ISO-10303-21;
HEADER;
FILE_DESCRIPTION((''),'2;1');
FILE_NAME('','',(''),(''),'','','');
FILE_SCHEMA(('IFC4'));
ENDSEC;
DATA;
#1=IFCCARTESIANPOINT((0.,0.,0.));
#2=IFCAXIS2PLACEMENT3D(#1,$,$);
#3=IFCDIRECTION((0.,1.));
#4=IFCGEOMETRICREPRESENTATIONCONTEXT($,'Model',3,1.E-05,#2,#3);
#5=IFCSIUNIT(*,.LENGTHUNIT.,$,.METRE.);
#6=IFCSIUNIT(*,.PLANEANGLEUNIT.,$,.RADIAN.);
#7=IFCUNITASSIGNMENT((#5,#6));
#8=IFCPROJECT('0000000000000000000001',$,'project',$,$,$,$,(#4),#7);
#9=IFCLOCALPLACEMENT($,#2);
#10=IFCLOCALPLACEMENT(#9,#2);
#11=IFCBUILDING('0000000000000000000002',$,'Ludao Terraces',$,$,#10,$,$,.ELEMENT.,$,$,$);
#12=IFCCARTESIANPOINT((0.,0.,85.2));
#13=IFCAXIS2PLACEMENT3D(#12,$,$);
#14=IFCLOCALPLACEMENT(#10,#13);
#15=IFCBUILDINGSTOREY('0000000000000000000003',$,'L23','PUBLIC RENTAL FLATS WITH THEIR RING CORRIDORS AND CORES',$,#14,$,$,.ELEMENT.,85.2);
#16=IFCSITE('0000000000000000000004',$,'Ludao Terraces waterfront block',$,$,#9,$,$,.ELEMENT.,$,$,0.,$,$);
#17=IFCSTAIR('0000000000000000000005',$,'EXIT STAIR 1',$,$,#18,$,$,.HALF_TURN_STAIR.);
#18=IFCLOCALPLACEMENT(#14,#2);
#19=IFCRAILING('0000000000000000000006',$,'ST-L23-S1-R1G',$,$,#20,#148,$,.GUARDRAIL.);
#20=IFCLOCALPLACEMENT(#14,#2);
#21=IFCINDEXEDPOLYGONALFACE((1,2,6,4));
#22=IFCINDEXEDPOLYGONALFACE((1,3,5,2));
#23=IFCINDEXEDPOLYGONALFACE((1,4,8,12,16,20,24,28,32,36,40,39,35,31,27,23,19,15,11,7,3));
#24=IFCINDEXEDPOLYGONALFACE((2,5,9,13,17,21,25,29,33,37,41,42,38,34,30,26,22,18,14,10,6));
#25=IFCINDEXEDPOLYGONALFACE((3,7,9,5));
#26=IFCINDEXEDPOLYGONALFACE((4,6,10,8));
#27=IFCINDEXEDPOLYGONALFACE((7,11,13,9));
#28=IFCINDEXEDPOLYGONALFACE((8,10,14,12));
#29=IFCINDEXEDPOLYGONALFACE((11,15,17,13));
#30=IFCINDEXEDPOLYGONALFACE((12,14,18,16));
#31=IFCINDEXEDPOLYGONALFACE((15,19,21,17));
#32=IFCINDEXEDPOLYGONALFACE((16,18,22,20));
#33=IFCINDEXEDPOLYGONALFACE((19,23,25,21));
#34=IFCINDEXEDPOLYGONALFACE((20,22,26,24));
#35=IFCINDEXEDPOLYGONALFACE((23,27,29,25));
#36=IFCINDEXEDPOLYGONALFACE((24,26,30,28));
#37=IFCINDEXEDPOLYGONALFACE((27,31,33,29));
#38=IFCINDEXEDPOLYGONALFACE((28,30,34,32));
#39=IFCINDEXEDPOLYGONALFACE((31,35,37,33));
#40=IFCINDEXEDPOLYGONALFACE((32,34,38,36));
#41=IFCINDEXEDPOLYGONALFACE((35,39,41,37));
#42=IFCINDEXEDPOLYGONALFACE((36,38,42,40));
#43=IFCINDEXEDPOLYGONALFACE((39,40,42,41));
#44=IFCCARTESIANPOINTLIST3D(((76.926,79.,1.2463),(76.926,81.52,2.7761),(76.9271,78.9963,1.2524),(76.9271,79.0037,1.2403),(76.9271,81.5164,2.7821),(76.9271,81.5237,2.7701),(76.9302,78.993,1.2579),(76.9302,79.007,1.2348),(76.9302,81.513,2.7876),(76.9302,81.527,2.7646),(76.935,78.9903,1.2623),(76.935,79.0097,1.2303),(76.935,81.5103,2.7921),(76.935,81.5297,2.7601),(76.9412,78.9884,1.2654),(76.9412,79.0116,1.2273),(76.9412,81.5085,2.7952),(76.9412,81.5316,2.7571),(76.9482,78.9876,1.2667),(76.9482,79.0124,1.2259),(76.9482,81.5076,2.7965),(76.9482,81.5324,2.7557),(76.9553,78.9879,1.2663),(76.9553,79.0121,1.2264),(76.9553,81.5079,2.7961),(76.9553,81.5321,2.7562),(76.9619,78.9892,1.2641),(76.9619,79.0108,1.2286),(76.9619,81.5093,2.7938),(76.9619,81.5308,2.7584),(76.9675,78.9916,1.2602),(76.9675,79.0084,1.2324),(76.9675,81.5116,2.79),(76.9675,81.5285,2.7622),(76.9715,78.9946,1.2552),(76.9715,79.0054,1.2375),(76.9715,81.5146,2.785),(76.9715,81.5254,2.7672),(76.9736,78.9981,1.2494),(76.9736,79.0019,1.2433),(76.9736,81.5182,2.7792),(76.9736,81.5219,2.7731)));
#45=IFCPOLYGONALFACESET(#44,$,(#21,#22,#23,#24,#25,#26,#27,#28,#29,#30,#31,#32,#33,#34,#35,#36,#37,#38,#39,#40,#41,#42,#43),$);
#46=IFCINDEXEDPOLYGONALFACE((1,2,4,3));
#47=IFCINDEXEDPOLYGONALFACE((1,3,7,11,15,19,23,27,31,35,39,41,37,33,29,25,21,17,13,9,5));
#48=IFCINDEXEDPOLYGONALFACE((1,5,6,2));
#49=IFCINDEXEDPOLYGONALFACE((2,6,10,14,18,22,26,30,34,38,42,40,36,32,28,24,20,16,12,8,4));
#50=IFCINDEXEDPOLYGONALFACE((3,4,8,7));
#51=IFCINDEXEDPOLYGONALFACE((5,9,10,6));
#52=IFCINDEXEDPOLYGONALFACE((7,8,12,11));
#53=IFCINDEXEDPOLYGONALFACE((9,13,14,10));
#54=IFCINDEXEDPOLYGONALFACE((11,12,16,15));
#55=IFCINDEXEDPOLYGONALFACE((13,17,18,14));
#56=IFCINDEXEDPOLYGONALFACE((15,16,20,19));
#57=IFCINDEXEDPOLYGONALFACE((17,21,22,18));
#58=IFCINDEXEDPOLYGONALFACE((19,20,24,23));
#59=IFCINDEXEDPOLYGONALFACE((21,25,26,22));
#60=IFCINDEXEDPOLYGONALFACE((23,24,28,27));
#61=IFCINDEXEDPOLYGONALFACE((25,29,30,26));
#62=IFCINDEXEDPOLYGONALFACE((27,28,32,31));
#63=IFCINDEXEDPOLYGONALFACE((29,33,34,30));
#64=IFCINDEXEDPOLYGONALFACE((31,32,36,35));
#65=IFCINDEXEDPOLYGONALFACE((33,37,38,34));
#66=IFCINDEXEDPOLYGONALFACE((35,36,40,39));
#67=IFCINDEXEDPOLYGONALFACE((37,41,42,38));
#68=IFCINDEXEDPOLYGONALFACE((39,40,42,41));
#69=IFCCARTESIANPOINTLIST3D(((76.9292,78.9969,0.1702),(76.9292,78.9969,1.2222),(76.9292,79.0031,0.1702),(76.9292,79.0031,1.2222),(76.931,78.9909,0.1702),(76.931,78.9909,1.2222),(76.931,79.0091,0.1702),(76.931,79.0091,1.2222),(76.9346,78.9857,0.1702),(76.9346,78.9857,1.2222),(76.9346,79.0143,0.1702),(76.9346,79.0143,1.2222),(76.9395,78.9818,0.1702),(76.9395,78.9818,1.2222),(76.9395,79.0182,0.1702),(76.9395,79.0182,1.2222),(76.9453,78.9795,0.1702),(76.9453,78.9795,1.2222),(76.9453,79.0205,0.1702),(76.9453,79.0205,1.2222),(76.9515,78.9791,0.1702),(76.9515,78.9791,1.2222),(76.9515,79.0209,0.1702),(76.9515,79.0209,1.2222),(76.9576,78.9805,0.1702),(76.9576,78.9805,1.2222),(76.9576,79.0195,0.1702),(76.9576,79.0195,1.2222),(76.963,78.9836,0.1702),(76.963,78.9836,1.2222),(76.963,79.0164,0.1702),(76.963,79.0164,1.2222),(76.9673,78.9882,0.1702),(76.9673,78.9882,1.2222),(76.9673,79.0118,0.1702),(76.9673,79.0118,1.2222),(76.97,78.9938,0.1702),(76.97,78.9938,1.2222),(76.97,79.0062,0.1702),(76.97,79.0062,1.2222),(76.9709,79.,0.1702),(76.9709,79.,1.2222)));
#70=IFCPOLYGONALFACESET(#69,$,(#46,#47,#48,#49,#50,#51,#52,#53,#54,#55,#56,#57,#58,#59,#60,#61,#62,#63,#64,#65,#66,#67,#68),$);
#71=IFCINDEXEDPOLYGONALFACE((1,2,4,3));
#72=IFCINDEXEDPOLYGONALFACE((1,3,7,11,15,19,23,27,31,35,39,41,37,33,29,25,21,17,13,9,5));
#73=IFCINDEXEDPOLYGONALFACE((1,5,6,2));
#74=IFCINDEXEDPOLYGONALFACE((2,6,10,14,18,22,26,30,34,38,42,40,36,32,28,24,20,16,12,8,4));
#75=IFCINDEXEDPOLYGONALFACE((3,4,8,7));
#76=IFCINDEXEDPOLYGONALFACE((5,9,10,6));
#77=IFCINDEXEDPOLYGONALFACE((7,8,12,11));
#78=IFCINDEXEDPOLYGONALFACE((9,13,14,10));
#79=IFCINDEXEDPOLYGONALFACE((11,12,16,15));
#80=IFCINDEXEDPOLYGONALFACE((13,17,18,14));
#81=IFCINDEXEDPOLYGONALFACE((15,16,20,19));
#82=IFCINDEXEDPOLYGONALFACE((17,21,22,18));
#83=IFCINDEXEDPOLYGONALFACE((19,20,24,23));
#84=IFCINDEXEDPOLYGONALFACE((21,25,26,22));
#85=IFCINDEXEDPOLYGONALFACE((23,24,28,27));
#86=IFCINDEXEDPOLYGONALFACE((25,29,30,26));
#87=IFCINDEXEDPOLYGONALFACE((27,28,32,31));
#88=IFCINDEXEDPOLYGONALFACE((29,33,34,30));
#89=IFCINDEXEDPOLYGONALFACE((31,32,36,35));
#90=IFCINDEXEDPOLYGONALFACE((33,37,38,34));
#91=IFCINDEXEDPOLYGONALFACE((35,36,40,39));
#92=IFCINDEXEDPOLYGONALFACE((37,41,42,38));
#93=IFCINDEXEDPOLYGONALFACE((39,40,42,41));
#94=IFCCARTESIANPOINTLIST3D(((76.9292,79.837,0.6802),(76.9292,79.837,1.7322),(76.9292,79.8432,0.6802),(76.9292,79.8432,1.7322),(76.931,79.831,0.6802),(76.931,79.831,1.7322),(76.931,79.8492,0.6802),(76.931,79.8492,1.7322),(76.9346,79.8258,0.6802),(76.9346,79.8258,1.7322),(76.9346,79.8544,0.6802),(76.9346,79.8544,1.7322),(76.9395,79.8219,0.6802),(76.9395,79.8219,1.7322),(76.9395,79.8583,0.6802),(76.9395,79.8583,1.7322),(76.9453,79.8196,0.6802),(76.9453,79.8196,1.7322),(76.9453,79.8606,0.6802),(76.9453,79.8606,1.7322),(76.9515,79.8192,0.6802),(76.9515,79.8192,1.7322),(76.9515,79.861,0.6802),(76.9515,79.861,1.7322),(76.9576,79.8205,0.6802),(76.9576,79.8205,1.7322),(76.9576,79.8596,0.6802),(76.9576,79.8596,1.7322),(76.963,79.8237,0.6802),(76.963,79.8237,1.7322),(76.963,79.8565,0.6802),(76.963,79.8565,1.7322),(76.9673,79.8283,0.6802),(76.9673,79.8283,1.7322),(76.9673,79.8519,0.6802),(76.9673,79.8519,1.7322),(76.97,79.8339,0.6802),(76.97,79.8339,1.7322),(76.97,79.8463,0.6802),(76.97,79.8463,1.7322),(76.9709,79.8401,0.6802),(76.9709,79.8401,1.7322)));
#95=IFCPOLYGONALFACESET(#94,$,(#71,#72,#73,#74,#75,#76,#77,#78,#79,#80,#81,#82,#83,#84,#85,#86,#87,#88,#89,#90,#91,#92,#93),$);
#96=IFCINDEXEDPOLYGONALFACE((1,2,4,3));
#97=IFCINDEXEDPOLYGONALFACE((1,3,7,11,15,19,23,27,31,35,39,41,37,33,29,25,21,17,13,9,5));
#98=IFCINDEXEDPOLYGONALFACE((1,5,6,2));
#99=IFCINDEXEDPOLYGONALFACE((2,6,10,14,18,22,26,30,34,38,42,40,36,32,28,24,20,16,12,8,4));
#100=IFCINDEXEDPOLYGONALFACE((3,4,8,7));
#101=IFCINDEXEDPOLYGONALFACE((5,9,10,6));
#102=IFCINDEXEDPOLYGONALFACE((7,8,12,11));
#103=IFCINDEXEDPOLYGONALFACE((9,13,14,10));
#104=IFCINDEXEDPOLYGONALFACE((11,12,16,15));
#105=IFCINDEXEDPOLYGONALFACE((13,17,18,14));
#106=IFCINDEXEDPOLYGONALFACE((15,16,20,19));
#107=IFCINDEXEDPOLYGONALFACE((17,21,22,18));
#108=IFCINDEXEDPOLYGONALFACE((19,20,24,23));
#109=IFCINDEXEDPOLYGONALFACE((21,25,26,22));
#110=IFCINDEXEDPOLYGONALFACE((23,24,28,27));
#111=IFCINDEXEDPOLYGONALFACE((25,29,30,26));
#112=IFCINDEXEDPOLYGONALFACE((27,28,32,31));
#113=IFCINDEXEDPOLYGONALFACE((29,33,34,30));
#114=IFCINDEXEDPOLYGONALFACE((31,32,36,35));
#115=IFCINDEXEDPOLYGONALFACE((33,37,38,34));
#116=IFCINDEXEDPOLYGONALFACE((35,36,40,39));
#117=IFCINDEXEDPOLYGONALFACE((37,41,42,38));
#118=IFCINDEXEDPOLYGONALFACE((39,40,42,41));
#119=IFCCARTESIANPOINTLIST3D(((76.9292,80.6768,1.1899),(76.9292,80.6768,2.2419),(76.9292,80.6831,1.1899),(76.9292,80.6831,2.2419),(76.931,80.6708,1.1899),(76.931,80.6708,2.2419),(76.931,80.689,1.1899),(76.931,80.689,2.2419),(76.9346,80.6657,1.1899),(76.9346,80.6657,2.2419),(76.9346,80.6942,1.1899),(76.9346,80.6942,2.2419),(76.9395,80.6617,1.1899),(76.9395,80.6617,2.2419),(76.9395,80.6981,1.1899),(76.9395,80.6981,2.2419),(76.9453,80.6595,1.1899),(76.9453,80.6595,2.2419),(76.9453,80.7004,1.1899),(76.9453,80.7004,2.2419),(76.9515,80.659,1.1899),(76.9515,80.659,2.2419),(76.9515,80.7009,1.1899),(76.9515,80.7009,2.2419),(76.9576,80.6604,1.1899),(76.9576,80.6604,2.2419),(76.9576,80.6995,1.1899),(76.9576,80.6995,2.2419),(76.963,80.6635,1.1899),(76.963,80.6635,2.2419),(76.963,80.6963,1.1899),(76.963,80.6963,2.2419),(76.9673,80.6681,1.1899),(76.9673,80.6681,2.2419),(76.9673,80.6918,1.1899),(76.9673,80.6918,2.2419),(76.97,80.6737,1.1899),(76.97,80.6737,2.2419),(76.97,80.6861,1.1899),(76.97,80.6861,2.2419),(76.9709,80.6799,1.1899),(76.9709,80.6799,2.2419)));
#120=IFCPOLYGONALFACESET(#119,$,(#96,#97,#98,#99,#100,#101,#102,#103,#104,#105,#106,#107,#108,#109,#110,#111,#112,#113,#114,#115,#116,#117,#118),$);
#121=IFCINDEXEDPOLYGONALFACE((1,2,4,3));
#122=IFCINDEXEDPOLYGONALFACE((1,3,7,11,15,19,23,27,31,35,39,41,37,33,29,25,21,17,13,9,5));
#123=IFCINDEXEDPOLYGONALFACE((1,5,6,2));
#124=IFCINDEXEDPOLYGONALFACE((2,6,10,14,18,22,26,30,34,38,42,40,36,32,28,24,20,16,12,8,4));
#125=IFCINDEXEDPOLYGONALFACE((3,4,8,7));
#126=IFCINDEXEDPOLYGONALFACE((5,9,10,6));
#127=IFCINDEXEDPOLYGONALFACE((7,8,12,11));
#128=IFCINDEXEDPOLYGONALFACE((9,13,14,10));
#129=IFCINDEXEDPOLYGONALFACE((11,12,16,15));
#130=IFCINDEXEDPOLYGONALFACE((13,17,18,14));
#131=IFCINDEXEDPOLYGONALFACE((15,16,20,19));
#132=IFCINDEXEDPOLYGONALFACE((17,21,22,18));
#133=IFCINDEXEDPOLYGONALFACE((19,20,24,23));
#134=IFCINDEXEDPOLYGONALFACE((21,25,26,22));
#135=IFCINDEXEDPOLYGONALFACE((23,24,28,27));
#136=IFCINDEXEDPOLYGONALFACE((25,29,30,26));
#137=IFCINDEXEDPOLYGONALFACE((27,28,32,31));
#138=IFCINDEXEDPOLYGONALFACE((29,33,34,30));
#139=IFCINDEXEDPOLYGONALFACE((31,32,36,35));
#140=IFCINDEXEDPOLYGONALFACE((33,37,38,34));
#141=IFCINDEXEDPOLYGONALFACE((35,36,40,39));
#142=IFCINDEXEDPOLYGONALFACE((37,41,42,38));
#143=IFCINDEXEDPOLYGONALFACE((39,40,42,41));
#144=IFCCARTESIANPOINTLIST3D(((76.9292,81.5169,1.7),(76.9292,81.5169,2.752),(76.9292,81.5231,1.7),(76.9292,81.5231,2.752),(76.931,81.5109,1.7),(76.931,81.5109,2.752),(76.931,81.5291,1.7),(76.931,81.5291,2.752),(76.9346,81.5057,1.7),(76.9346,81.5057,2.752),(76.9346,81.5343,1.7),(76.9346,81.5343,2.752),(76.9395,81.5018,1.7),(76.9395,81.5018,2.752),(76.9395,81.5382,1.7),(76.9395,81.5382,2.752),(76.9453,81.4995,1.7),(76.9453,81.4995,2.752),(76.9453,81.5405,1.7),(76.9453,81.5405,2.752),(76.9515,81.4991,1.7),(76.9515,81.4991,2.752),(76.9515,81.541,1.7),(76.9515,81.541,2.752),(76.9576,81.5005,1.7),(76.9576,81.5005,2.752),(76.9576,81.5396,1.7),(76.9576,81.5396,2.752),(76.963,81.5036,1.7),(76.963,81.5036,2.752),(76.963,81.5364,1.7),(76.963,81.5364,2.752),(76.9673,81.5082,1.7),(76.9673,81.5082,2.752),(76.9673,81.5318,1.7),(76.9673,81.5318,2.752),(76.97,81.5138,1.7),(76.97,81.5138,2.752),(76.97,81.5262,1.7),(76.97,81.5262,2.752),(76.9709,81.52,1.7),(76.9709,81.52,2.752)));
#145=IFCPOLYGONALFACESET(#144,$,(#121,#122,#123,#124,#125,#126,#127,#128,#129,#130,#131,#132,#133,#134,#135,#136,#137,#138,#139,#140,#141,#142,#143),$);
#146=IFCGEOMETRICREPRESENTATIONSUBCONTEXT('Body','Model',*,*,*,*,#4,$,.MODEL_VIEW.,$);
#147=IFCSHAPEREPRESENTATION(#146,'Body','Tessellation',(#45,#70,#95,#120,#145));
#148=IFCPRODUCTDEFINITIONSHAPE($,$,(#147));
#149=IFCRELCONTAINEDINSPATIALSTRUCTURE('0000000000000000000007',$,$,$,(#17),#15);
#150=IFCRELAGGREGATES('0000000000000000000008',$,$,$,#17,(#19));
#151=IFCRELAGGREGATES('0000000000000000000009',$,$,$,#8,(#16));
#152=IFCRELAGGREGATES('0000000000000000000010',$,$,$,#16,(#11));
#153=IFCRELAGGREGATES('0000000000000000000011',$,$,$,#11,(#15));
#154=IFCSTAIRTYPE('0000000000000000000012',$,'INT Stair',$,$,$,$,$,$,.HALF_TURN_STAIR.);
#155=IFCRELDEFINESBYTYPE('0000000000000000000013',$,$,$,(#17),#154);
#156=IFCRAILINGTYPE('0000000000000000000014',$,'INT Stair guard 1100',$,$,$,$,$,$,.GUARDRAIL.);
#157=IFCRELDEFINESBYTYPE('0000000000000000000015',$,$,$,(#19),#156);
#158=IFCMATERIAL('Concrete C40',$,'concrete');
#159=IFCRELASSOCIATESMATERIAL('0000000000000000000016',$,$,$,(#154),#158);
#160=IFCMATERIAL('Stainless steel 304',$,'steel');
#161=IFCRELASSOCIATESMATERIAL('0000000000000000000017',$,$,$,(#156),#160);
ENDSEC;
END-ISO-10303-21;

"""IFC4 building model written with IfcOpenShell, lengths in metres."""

from ifc_helpers import new_model, si_unit, direction, frame, origin, origin_2d, place, context, subcontext, project, spatial, circle, extrude, material, type_object, element, aggregate, save


model = new_model("IFC4")

# Units and contexts
model_context = context("Model", 3, precision=1e-05, world=origin(), true_north=direction((0.0, 1.0)))
body_context = subcontext(model_context, "Body", "Model", "MODEL_VIEW")
ifc_project = project(units=[si_unit("LENGTHUNIT", "METRE"), si_unit("PLANEANGLEUNIT", "RADIAN")], contexts=[model_context])

# Site, building, storey
site_placement = place(None, origin())
site = spatial("IfcSite", under=ifc_project, at=site_placement, Name="Ludao Terraces waterfront block", CompositionType="ELEMENT", RefElevation=0.0)
building_placement = place(site_placement, origin())
building = spatial("IfcBuilding", under=site, at=building_placement, Name="Ludao Terraces", CompositionType="ELEMENT")
storey_placement = place(building_placement, frame((0.0, 0.0, 85.2)))
storey = spatial("IfcBuildingStorey", under=building, at=storey_placement, Name="L23", Description="PUBLIC RENTAL FLATS WITH THEIR RING CORRIDORS AND CORES", CompositionType="ELEMENT", Elevation=85.2)

# Shared definitions
ifc_material_1 = material(Name="Stainless steel 304", Category="steel")

# Stair, railing
ifc_material_2 = material(Name="Concrete C40", Category="concrete")
stair_type = type_object("IfcStairType", Name="INT Stair", PredefinedType="HALF_TURN_STAIR", material=ifc_material_2)
stair_placement = place(storey_placement, origin())
stair = element("IfcStair", 1, at=stair_placement, inside=storey, type_object=stair_type, Name="EXIT STAIR 1", PredefinedType="HALF_TURN_STAIR")
railing_type_1 = type_object("IfcRailingType", Name="INT Stair guard 1100", PredefinedType="GUARDRAIL", material=ifc_material_1)
railing_1_placement = place(storey_placement, frame((76.95, 79.0, 0.1702)))
railing_1 = element("IfcRailing", 2, at=railing_1_placement, type_object=railing_type_1, Name="ST-L23-S1-R1G", PredefinedType="GUARDRAIL", context=body_context, shape_type="SweptSolid", body=[
    extrude(circle(Radius=0.0239, at=origin_2d()), frame((0.0, 0.0, 1.0762), z_axis=(0.0, 0.854822, 0.518922), x_axis=(-1.0, 0.0, 0.0)), (0.0, 0.0, 1.0), 2.948),
    extrude(circle(Radius=0.021, at=origin_2d()), origin(), (0.0, 0.0, 1.0), 1.052),
    extrude(circle(Radius=0.021, at=origin_2d()), frame((0.0, 0.8401, 0.51)), (0.0, 0.0, 1.0), 1.052),
    extrude(circle(Radius=0.021, at=origin_2d()), frame((0.0, 1.6799, 1.0198)), (0.0, 0.0, 1.0), 1.052),
    extrude(circle(Radius=0.021, at=origin_2d()), frame((0.0, 2.52, 1.5298)), (0.0, 0.0, 1.0), 1.052),
])
aggregate(stair, [railing_1])

save(model, "model.ifc")
